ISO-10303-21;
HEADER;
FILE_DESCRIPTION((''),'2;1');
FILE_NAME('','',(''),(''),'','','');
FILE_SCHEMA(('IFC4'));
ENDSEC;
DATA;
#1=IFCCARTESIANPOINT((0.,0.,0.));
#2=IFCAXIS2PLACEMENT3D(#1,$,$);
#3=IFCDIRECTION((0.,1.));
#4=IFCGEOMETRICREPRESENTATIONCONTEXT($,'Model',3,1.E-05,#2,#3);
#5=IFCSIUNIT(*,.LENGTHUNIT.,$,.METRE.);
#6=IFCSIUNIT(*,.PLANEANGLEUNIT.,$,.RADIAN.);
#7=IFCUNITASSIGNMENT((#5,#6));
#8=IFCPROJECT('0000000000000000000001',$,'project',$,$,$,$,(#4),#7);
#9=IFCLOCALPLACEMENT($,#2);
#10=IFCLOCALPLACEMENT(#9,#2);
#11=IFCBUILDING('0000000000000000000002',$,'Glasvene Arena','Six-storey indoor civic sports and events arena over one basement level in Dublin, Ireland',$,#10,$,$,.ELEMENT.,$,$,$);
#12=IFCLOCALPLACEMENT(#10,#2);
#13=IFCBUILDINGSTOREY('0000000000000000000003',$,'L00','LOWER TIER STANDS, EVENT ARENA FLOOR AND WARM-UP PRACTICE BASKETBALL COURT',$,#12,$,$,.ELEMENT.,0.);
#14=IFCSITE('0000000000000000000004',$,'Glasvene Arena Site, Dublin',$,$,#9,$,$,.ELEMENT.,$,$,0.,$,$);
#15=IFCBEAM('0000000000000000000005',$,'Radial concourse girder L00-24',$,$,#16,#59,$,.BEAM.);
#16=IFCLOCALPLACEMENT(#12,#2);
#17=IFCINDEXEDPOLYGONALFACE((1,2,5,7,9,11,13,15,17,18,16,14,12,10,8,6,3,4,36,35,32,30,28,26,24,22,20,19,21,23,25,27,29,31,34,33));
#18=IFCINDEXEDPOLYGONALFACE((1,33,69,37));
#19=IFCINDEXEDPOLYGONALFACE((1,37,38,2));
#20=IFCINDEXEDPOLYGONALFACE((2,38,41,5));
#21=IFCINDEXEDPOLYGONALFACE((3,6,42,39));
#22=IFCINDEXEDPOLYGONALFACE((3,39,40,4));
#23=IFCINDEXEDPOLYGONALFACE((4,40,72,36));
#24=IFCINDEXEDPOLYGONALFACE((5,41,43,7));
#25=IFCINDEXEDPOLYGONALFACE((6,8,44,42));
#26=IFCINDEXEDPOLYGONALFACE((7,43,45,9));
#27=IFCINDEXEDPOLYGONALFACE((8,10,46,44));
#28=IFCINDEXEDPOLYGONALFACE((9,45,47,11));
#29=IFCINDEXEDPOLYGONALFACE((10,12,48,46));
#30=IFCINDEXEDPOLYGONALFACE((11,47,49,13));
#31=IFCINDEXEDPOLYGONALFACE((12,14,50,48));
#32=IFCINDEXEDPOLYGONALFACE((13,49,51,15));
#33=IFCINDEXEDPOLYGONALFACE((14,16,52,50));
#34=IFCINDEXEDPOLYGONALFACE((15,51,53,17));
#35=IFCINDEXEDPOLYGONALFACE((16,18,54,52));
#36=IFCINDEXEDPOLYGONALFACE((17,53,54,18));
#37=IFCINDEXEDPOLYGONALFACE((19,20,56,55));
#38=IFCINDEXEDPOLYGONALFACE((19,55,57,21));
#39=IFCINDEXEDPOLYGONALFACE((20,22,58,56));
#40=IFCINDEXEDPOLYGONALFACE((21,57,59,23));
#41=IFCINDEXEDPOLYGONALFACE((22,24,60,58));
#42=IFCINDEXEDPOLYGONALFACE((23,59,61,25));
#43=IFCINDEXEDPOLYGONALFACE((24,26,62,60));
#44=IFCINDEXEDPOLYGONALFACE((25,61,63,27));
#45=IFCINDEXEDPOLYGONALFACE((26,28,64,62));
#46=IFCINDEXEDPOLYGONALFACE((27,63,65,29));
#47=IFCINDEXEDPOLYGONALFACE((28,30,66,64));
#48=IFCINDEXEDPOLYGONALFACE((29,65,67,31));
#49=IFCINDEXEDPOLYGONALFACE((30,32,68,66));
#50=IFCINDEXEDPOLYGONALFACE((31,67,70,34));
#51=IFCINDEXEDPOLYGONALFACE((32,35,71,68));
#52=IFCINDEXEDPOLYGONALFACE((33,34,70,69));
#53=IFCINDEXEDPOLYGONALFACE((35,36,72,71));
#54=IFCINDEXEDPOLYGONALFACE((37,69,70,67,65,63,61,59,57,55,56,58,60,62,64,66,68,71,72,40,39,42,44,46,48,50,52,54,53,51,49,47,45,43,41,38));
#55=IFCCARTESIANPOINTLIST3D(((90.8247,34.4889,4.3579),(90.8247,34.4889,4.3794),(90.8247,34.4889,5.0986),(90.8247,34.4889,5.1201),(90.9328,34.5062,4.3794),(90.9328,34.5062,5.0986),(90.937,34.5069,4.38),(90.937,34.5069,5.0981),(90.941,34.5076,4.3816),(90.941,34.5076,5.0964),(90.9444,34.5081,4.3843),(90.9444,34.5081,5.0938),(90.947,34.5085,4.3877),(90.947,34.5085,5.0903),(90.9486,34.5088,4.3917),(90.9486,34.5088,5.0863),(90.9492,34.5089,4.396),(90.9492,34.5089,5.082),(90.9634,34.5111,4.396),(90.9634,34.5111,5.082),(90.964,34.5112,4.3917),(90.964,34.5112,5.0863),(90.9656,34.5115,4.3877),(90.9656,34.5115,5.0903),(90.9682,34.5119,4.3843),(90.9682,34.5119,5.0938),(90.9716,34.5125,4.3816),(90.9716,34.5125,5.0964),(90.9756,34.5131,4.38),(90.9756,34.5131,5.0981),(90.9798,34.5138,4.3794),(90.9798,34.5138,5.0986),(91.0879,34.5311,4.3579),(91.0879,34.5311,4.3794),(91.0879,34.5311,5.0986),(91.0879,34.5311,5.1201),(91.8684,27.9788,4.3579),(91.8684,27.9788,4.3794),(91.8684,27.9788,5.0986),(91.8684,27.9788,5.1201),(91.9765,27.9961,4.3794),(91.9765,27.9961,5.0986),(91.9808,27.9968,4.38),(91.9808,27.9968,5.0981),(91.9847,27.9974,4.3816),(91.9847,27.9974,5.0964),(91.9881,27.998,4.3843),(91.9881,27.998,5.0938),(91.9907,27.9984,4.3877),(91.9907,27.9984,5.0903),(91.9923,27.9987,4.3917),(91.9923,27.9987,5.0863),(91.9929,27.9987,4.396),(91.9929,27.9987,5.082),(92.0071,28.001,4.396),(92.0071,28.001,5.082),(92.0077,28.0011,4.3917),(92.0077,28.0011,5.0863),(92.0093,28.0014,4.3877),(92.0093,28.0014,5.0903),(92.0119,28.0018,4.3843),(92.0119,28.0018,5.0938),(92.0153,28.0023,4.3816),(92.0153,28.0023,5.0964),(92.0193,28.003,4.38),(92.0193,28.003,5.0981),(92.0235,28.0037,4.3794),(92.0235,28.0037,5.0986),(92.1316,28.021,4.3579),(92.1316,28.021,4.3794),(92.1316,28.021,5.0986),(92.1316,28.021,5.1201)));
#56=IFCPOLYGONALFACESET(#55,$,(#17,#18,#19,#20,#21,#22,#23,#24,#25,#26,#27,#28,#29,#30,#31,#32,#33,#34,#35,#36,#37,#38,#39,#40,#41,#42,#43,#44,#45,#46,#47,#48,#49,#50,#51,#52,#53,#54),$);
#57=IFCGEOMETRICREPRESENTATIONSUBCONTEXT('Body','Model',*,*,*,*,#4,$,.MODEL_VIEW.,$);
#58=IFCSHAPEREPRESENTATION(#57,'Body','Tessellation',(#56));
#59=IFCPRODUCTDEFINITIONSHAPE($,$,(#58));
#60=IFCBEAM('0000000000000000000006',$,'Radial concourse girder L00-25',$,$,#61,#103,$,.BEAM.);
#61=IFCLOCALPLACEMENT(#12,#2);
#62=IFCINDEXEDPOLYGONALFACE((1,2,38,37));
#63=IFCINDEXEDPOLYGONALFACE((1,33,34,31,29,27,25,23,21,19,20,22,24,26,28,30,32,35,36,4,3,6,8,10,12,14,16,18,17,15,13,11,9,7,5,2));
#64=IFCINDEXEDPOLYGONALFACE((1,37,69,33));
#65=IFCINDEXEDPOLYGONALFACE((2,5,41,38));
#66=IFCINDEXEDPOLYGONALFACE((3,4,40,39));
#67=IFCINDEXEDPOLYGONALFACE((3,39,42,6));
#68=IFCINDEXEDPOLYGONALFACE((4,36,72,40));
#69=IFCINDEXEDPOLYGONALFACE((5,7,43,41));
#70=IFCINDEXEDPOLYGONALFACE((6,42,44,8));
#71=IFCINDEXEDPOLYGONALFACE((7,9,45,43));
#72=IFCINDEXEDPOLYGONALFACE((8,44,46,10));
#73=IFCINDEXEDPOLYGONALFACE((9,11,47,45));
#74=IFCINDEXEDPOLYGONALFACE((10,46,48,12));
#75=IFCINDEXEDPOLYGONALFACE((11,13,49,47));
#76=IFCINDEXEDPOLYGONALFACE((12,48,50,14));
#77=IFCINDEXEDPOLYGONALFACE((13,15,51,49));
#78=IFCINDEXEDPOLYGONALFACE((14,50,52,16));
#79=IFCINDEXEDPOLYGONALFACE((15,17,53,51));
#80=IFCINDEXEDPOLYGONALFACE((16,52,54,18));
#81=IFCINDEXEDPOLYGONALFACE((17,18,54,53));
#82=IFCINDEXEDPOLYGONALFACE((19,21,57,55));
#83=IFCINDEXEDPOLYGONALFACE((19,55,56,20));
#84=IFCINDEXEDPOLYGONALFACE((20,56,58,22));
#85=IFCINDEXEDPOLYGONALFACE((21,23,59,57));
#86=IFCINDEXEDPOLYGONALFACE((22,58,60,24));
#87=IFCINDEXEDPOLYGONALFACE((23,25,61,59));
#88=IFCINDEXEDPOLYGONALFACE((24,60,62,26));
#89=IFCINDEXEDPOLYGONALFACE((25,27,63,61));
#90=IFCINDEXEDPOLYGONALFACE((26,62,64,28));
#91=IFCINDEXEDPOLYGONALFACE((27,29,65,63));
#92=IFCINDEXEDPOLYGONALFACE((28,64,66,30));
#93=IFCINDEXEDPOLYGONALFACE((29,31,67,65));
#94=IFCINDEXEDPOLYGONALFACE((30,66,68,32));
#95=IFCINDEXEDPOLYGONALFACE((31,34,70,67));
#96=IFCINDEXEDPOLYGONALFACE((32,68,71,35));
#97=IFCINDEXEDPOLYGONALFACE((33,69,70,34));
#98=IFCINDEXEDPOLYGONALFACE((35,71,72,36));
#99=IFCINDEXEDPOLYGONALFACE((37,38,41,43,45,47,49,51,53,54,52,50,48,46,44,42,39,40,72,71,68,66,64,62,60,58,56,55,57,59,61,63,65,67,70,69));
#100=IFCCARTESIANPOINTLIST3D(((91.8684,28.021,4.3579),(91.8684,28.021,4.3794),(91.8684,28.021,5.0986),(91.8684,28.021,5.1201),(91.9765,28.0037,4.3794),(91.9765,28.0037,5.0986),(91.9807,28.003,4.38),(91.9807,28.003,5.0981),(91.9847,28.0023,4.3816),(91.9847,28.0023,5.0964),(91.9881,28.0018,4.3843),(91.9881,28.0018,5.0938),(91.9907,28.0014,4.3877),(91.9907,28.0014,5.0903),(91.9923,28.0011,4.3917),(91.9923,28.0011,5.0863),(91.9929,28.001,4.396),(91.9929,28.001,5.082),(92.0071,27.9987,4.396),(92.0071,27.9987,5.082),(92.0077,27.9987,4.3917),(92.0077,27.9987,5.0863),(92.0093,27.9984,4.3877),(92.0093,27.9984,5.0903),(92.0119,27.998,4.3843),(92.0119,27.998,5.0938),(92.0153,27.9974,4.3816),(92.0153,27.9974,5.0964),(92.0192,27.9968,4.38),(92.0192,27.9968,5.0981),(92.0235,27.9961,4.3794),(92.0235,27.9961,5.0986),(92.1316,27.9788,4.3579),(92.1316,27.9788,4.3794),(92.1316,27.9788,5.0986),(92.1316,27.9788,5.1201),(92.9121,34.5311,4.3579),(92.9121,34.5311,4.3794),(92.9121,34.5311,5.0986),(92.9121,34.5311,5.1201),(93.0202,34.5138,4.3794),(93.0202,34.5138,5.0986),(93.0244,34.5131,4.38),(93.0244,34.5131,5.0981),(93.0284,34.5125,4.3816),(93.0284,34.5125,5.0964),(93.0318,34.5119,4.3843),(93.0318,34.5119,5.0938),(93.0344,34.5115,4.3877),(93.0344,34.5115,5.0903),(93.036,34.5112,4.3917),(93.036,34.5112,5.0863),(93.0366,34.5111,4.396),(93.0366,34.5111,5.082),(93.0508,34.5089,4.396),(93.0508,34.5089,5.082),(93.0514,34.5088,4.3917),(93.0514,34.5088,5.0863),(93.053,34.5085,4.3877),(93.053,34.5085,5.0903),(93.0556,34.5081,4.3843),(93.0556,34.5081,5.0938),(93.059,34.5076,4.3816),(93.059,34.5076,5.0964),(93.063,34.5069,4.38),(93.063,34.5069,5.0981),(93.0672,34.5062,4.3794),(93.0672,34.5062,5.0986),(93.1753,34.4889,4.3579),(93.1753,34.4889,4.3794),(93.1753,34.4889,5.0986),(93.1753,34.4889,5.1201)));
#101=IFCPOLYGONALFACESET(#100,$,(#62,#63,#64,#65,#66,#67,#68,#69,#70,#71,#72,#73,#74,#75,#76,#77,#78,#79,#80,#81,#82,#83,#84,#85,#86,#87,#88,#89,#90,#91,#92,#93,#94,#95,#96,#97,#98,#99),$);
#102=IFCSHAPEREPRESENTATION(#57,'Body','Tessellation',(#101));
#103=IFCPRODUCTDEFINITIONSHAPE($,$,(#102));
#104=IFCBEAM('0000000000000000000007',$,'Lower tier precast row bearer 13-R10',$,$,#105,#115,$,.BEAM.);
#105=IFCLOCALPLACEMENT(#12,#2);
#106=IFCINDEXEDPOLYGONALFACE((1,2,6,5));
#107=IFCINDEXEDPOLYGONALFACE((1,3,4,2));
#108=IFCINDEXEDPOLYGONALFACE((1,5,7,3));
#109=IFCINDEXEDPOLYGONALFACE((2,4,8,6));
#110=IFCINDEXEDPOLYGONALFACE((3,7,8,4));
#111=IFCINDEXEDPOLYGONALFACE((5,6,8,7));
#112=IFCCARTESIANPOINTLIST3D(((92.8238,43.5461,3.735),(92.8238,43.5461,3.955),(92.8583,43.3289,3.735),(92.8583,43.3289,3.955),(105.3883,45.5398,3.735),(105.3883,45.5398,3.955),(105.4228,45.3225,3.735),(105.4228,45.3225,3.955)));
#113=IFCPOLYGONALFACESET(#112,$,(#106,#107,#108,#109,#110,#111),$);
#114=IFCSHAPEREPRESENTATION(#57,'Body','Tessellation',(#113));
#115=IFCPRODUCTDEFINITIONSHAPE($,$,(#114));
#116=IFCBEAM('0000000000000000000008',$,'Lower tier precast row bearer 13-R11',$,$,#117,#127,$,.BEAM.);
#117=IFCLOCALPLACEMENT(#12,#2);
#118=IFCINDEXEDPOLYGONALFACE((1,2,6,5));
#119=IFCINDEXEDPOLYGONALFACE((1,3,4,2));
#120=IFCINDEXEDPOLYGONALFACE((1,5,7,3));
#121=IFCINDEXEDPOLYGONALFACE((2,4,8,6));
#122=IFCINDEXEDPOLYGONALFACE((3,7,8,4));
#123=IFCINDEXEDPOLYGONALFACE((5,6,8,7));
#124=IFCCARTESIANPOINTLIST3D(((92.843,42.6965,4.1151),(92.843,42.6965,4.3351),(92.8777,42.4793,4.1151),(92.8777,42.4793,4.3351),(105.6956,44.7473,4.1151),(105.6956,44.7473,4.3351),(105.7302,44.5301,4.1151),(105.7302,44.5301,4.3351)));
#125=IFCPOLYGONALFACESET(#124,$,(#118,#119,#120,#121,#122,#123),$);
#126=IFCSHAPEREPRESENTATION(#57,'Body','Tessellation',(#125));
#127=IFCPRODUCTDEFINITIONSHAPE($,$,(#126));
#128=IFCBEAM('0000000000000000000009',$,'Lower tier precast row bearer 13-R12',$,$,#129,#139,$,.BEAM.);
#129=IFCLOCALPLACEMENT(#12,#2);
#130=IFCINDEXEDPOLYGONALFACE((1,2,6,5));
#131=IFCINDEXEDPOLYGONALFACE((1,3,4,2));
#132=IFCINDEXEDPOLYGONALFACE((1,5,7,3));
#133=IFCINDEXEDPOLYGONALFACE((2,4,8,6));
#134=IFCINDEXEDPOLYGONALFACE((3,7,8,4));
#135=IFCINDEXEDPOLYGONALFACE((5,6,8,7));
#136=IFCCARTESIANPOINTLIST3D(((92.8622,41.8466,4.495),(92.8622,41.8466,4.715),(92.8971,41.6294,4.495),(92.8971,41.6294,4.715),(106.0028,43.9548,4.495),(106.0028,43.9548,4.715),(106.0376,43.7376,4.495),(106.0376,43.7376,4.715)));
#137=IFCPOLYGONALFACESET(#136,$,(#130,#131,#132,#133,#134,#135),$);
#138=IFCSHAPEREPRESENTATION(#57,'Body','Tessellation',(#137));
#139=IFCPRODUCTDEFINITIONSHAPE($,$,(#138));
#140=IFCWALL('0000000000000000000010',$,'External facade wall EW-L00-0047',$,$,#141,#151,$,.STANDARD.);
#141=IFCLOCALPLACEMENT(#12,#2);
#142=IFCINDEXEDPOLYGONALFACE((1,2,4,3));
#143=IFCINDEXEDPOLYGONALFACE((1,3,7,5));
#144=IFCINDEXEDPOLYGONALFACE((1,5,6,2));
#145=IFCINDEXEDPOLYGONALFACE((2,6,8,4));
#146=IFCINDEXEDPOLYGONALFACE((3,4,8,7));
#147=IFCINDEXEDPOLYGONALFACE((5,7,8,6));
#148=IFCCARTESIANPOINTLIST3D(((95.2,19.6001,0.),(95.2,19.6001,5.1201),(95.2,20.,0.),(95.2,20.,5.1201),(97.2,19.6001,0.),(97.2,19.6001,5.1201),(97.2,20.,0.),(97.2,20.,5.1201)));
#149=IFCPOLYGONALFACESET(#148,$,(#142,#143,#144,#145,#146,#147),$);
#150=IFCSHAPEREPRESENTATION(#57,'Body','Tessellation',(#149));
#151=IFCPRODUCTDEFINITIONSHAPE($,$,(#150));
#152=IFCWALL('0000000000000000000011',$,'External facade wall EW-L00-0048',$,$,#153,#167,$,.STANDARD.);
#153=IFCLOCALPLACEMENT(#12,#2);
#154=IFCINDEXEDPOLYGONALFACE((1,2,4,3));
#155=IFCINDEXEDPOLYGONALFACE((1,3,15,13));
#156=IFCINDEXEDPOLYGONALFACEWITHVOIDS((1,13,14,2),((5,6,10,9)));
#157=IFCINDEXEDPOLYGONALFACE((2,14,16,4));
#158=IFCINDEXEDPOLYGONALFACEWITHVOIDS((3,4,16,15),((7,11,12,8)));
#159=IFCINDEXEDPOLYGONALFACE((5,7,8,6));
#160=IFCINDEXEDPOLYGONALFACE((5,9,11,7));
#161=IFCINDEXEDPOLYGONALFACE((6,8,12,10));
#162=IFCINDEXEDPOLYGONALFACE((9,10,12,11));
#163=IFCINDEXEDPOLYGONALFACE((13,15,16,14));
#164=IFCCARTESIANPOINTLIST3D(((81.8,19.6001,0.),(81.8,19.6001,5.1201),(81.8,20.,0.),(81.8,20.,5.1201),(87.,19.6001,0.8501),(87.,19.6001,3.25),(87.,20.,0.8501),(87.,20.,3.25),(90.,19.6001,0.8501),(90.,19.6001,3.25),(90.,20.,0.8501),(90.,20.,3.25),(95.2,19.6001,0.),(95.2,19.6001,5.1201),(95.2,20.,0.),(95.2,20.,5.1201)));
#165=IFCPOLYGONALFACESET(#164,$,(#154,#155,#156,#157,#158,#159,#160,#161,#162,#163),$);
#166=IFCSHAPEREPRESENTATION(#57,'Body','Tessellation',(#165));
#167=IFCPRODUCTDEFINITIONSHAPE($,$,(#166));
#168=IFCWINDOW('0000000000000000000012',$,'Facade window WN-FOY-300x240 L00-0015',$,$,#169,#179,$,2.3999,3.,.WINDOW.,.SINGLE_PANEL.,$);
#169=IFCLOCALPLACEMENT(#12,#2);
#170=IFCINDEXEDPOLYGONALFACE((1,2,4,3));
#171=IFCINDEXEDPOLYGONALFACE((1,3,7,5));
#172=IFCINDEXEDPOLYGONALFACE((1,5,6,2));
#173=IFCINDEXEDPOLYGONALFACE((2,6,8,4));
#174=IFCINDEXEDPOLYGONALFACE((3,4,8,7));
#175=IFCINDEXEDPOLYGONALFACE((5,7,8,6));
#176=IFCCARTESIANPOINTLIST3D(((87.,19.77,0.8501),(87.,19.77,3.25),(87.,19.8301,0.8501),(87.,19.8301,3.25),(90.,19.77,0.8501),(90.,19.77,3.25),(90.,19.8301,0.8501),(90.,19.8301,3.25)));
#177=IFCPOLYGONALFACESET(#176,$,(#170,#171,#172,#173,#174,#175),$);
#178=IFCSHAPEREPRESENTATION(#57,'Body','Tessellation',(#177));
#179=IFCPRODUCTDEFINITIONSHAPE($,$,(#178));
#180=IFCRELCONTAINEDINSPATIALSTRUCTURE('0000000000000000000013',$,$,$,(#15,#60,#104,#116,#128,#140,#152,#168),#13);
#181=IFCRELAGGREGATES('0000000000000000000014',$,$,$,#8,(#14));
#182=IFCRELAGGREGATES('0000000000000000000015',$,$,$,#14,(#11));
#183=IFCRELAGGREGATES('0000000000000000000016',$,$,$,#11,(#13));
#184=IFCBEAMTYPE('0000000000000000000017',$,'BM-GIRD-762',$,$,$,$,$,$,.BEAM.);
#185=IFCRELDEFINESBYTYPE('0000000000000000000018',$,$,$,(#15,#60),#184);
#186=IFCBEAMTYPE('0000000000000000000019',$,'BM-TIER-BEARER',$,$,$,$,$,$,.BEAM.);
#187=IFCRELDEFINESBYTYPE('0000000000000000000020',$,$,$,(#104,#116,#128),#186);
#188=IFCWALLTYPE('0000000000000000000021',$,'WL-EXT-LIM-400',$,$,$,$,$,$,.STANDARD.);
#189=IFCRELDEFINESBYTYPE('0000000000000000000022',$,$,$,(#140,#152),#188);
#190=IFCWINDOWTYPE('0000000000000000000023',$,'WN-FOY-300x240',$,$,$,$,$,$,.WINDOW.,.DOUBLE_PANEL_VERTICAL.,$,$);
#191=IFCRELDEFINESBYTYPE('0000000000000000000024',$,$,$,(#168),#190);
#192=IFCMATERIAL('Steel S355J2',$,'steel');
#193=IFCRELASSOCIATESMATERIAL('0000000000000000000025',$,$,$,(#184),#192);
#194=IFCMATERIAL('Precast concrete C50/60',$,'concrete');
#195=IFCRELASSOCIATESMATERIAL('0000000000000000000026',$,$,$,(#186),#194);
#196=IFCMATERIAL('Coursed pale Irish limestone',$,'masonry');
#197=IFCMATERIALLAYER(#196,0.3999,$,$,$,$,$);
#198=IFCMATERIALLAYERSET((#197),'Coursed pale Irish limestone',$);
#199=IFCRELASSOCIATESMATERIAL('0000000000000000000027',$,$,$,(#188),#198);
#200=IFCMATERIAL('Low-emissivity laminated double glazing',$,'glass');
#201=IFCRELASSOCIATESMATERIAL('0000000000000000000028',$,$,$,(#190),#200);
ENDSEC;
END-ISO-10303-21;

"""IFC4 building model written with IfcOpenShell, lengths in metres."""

from ifc_helpers import new_model, si_unit, direction, frame, frame_2d, origin, origin_2d, place, context, subcontext, project, spatial, rectangle, i_section, extrude, material, layer, layer_set, material_profile, profile_set, type_object, element, fill, save


model = new_model("IFC4")

# Units and contexts
model_context = context("Model", 3, precision=1e-05, world=origin(), true_north=direction((0.0, 1.0)))
body_context = subcontext(model_context, "Body", "Model", "MODEL_VIEW")
ifc_project = project(units=[si_unit("LENGTHUNIT", "METRE"), si_unit("PLANEANGLEUNIT", "RADIAN")], contexts=[model_context])

# Site, building, storey
site_placement = place(None, origin())
site = spatial("IfcSite", under=ifc_project, at=site_placement, Name="Glasvene Arena Site, Dublin", CompositionType="ELEMENT", RefElevation=0.0)
building_placement = place(site_placement, origin())
building = spatial("IfcBuilding", under=site, at=building_placement, Name="Glasvene Arena", Description="Six-storey indoor civic sports and events arena over one basement level in Dublin, Ireland", CompositionType="ELEMENT")
storey_placement = place(building_placement, origin())
storey = spatial("IfcBuildingStorey", under=building, at=storey_placement, Name="L00", Description="LOWER TIER STANDS, EVENT ARENA FLOOR AND WARM-UP PRACTICE BASKETBALL COURT", CompositionType="ELEMENT", Elevation=0.0)

# Shared definitions
ifc_material_1 = material(Name="Steel S355J2", Category="steel")

# Beams
ifc_material_profile_1 = material_profile(ifc_material_1, i_section(OverallWidth=0.2666, OverallDepth=0.7622, WebThickness=0.0144, FlangeThickness=0.0215, FilletRadius=0.0166, at=origin_2d()), Name="UKB 762x267x173")
ifc_profile_set_1 = profile_set([ifc_material_profile_1], Name="Steel S355J2")
beam_type_1 = type_object("IfcBeamType", Name="BM-GIRD-762", PredefinedType="BEAM", material=ifc_profile_set_1)
for number, where, z_axis, x_axis, name in (
    (1, (90.9563, 34.51, 4.739), (0.158301, -0.987391, 0.0), (0.987391, 0.158301, 0.0), "Radial concourse girder L00-24"),
    (2, (93.0437, 34.51, 4.739), (-0.158301, -0.987391, 0.0), (0.987391, -0.158301, 0.0), "Radial concourse girder L00-25"),
):
    element("IfcBeam", number, at=place(storey_placement, frame(where, z_axis=z_axis, x_axis=x_axis)), inside=storey, type_object=beam_type_1, Name=name, PredefinedType="BEAM", context=body_context, shape_type="SweptSolid", body=[
        extrude(i_section(OverallWidth=0.2666, OverallDepth=0.7622, WebThickness=0.0144, FlangeThickness=0.0215, FilletRadius=0.0166, at=origin_2d()), origin(), (0.0, 0.0, 1.0), 6.5933),
    ])
ifc_material_2 = material(Name="Precast concrete C50/60", Category="concrete")
ifc_material_profile_2 = material_profile(ifc_material_2, rectangle(XDim=0.22, YDim=0.22, at=origin_2d()), Name="RC 220x220")
ifc_profile_set_2 = profile_set([ifc_material_profile_2], Name="Precast concrete C50/60")
beam_type_2 = type_object("IfcBeamType", Name="BM-TIER-BEARER", PredefinedType="BEAM", material=ifc_profile_set_2)
beam_1_placement = place(storey_placement, frame((92.8411, 43.4375, 3.845), z_axis=(0.987644, 0.156713, 0.0), x_axis=(-0.156713, 0.987644, 0.0)))
element("IfcBeam", 3, at=beam_1_placement, inside=storey, type_object=beam_type_2, Name="Lower tier precast row bearer 13-R10", PredefinedType="BEAM", context=body_context, shape_type="SweptSolid", body=[
    extrude(rectangle(XDim=0.22, YDim=0.22, at=origin_2d()), origin(), (0.0, 0.0, 1.0), 12.7217),
])
beam_2_placement = place(storey_placement, frame((92.8604, 42.5879, 4.2251), z_axis=(0.987508, 0.157569, 0.0), x_axis=(-0.157569, 0.987508, 0.0)))
element("IfcBeam", 4, at=beam_2_placement, inside=storey, type_object=beam_type_2, Name="Lower tier precast row bearer 13-R11", PredefinedType="BEAM", context=body_context, shape_type="SweptSolid", body=[
    extrude(rectangle(XDim=0.22, YDim=0.22, at=origin_2d()), origin(), (0.0, 0.0, 1.0), 13.0151),
])
beam_3_placement = place(storey_placement, frame((92.8796, 41.738, 4.605), z_axis=(0.987374, 0.158405, 0.0), x_axis=(-0.158405, 0.987374, 0.0)))
element("IfcBeam", 5, at=beam_3_placement, inside=storey, type_object=beam_type_2, Name="Lower tier precast row bearer 13-R12", PredefinedType="BEAM", context=body_context, shape_type="SweptSolid", body=[
    extrude(rectangle(XDim=0.22, YDim=0.22, at=origin_2d()), origin(), (0.0, 0.0, 1.0), 13.3086),
])

# Wall
ifc_material_3 = material(Name="Coursed pale Irish limestone", Category="masonry")
ifc_layer_1 = layer(ifc_material_3, 0.3999)
ifc_layer_set_1 = layer_set([ifc_layer_1], Name="Coursed pale Irish limestone")
wall_type_1 = type_object("IfcWallType", Name="WL-EXT-LIM-400", PredefinedType="STANDARD", material=ifc_layer_set_1)
wall_1_placement = place(storey_placement, frame((97.2, 19.8, 0.0), z_axis=(0.0, 0.0, 1.0), x_axis=(-1.0, 0.0, 0.0)))
element("IfcWall", 6, at=wall_1_placement, inside=storey, type_object=wall_type_1, Name="External facade wall EW-L00-0047", PredefinedType="STANDARD", context=body_context, shape_type="SweptSolid", body=[
    extrude(rectangle(XDim=2.0, YDim=0.3999, at=frame_2d((1.0, 0.0))), origin(), (0.0, 0.0, 1.0), 5.1201),
])

# Wall, opening, window
wall_2_placement = place(storey_placement, frame((95.2, 19.8, 0.0), z_axis=(0.0, 0.0, 1.0), x_axis=(-1.0, 0.0, 0.0)))
wall_2 = element("IfcWall", 7, at=wall_2_placement, inside=storey, type_object=wall_type_1, Name="External facade wall EW-L00-0048", PredefinedType="STANDARD", context=body_context, shape_type="SweptSolid", body=[
    extrude(rectangle(XDim=13.3999, YDim=0.3999, at=frame_2d((6.7, 0.0))), origin(), (0.0, 0.0, 1.0), 5.1201),
])
opening_1_placement = place(wall_2_placement, frame((5.2, 0.0, 0.8501)))
opening_1 = element("IfcOpeningElement", 8, at=opening_1_placement, cuts=wall_2, PredefinedType="OPENING", context=body_context, shape_type="SweptSolid", body=[
    extrude(rectangle(XDim=3.0, YDim=2.3999, at=frame_2d((1.5, 1.2))), frame((0.0, 0.21, 0.0), z_axis=(0.0, -1.0, 0.0), x_axis=(1.0, 0.0, 0.0)), (0.0, 0.0, 1.0), 0.4199),
])
ifc_material_4 = material(Name="Low-emissivity laminated double glazing", Category="glass")
window_type = type_object("IfcWindowType", Name="WN-FOY-300x240", PartitioningType="DOUBLE_PANEL_VERTICAL", PredefinedType="WINDOW", material=ifc_material_4)
window_placement = place(opening_1_placement, origin())
window = element("IfcWindow", 9, at=window_placement, inside=storey, type_object=window_type, Name="Facade window WN-FOY-300x240 L00-0015", OverallHeight=2.3999, OverallWidth=3.0, PartitioningType="SINGLE_PANEL", PredefinedType="WINDOW", context=body_context, shape_type="SweptSolid", body=[
    extrude(rectangle(XDim=3.0, YDim=2.3999, at=frame_2d((1.5, 1.2))), frame((0.0, 0.03, 0.0), z_axis=(0.0, -1.0, 0.0), x_axis=(1.0, 0.0, 0.0)), (0.0, 0.0, 1.0), 0.0601),
])
fill(opening_1, window)

save(model, "model.ifc")
